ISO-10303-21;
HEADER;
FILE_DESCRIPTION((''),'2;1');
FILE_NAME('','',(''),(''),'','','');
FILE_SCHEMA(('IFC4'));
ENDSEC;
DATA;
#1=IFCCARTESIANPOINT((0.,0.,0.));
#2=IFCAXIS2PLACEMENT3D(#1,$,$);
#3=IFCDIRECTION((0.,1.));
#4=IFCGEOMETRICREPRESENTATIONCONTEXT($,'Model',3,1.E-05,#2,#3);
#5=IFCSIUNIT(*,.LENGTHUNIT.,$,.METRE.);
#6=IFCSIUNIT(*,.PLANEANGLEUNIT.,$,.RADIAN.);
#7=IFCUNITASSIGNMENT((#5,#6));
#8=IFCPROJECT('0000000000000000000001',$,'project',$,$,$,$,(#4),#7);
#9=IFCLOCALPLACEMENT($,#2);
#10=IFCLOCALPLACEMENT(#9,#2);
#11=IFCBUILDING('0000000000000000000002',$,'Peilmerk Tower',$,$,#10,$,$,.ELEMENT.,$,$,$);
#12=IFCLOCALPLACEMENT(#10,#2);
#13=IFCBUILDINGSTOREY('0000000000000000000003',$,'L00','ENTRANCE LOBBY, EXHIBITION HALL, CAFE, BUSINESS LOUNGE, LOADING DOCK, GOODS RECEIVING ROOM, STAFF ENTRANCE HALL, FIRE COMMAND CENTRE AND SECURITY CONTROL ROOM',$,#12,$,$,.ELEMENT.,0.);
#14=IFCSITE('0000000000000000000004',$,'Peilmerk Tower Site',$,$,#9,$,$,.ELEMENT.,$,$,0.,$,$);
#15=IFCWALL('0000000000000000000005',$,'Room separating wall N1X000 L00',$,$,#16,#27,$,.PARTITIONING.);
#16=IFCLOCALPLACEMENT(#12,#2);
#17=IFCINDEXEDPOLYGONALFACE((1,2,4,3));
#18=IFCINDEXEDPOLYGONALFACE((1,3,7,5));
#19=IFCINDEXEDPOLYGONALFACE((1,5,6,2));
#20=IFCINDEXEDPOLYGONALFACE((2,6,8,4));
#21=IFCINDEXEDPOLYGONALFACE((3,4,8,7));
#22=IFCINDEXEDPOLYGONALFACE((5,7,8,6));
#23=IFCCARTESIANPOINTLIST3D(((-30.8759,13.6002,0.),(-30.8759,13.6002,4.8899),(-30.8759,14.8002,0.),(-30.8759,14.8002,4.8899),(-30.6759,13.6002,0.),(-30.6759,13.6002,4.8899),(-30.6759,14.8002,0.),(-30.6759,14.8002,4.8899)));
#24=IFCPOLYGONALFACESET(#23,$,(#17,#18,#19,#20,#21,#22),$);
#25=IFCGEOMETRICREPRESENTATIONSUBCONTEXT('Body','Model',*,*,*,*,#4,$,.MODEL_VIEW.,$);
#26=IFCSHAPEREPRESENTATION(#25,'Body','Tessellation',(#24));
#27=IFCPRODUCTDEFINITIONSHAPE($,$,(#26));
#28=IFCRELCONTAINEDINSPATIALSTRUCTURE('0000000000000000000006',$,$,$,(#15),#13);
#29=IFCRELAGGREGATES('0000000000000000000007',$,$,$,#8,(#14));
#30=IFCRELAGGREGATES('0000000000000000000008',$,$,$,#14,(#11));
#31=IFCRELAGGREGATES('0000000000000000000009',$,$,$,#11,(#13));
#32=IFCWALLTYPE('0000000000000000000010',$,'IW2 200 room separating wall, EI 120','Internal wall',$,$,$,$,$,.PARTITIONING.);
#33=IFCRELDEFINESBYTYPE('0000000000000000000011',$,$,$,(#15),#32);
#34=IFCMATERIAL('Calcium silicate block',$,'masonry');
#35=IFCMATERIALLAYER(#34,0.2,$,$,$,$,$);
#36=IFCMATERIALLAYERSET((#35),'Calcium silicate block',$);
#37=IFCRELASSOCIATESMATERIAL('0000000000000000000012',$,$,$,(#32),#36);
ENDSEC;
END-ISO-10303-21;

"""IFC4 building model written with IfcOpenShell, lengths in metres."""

from ifc_helpers import new_model, si_unit, direction, frame, frame_2d, origin, place, context, subcontext, project, spatial, rectangle, extrude, material, layer, layer_set, type_object, element, save


model = new_model("IFC4")

# Units and contexts
model_context = context("Model", 3, precision=1e-05, world=origin(), true_north=direction((0.0, 1.0)))
body_context = subcontext(model_context, "Body", "Model", "MODEL_VIEW")
ifc_project = project(units=[si_unit("LENGTHUNIT", "METRE"), si_unit("PLANEANGLEUNIT", "RADIAN")], contexts=[model_context])

# Site, building, storey
site_placement = place(None, origin())
site = spatial("IfcSite", under=ifc_project, at=site_placement, Name="Peilmerk Tower Site", CompositionType="ELEMENT", RefElevation=0.0)
building_placement = place(site_placement, origin())
building = spatial("IfcBuilding", under=site, at=building_placement, Name="Peilmerk Tower", CompositionType="ELEMENT")
storey_placement = place(building_placement, origin())
storey = spatial("IfcBuildingStorey", under=building, at=storey_placement, Name="L00", Description="ENTRANCE LOBBY, EXHIBITION HALL, CAFE, BUSINESS LOUNGE, LOADING DOCK, GOODS RECEIVING ROOM, STAFF ENTRANCE HALL, FIRE COMMAND CENTRE AND SECURITY CONTROL ROOM", CompositionType="ELEMENT", Elevation=0.0)

# Shared definitions
ifc_material_1 = material(Name="Calcium silicate block", Category="masonry")

# Wall
ifc_layer_1 = layer(ifc_material_1, 0.2)
ifc_layer_set_1 = layer_set([ifc_layer_1], Name="Calcium silicate block")
wall_type_1 = type_object("IfcWallType", Name="IW2 200 room separating wall, EI 120", Description="Internal wall", PredefinedType="PARTITIONING", material=ifc_layer_set_1)
wall_1_placement = place(storey_placement, frame((-30.7759, 13.6001, 0.0), z_axis=(0.0, 0.0, 1.0), x_axis=(0.0, 1.0, 0.0)))
element("IfcWall", 1, at=wall_1_placement, inside=storey, type_object=wall_type_1, Name="Room separating wall N1X000 L00", PredefinedType="PARTITIONING", context=body_context, shape_type="SweptSolid", body=[
    extrude(rectangle(XDim=1.2, YDim=0.2, at=frame_2d((0.6001, 0.0))), origin(), (0.0, 0.0, 1.0), 4.8899),
])

save(model, "model.ifc")
